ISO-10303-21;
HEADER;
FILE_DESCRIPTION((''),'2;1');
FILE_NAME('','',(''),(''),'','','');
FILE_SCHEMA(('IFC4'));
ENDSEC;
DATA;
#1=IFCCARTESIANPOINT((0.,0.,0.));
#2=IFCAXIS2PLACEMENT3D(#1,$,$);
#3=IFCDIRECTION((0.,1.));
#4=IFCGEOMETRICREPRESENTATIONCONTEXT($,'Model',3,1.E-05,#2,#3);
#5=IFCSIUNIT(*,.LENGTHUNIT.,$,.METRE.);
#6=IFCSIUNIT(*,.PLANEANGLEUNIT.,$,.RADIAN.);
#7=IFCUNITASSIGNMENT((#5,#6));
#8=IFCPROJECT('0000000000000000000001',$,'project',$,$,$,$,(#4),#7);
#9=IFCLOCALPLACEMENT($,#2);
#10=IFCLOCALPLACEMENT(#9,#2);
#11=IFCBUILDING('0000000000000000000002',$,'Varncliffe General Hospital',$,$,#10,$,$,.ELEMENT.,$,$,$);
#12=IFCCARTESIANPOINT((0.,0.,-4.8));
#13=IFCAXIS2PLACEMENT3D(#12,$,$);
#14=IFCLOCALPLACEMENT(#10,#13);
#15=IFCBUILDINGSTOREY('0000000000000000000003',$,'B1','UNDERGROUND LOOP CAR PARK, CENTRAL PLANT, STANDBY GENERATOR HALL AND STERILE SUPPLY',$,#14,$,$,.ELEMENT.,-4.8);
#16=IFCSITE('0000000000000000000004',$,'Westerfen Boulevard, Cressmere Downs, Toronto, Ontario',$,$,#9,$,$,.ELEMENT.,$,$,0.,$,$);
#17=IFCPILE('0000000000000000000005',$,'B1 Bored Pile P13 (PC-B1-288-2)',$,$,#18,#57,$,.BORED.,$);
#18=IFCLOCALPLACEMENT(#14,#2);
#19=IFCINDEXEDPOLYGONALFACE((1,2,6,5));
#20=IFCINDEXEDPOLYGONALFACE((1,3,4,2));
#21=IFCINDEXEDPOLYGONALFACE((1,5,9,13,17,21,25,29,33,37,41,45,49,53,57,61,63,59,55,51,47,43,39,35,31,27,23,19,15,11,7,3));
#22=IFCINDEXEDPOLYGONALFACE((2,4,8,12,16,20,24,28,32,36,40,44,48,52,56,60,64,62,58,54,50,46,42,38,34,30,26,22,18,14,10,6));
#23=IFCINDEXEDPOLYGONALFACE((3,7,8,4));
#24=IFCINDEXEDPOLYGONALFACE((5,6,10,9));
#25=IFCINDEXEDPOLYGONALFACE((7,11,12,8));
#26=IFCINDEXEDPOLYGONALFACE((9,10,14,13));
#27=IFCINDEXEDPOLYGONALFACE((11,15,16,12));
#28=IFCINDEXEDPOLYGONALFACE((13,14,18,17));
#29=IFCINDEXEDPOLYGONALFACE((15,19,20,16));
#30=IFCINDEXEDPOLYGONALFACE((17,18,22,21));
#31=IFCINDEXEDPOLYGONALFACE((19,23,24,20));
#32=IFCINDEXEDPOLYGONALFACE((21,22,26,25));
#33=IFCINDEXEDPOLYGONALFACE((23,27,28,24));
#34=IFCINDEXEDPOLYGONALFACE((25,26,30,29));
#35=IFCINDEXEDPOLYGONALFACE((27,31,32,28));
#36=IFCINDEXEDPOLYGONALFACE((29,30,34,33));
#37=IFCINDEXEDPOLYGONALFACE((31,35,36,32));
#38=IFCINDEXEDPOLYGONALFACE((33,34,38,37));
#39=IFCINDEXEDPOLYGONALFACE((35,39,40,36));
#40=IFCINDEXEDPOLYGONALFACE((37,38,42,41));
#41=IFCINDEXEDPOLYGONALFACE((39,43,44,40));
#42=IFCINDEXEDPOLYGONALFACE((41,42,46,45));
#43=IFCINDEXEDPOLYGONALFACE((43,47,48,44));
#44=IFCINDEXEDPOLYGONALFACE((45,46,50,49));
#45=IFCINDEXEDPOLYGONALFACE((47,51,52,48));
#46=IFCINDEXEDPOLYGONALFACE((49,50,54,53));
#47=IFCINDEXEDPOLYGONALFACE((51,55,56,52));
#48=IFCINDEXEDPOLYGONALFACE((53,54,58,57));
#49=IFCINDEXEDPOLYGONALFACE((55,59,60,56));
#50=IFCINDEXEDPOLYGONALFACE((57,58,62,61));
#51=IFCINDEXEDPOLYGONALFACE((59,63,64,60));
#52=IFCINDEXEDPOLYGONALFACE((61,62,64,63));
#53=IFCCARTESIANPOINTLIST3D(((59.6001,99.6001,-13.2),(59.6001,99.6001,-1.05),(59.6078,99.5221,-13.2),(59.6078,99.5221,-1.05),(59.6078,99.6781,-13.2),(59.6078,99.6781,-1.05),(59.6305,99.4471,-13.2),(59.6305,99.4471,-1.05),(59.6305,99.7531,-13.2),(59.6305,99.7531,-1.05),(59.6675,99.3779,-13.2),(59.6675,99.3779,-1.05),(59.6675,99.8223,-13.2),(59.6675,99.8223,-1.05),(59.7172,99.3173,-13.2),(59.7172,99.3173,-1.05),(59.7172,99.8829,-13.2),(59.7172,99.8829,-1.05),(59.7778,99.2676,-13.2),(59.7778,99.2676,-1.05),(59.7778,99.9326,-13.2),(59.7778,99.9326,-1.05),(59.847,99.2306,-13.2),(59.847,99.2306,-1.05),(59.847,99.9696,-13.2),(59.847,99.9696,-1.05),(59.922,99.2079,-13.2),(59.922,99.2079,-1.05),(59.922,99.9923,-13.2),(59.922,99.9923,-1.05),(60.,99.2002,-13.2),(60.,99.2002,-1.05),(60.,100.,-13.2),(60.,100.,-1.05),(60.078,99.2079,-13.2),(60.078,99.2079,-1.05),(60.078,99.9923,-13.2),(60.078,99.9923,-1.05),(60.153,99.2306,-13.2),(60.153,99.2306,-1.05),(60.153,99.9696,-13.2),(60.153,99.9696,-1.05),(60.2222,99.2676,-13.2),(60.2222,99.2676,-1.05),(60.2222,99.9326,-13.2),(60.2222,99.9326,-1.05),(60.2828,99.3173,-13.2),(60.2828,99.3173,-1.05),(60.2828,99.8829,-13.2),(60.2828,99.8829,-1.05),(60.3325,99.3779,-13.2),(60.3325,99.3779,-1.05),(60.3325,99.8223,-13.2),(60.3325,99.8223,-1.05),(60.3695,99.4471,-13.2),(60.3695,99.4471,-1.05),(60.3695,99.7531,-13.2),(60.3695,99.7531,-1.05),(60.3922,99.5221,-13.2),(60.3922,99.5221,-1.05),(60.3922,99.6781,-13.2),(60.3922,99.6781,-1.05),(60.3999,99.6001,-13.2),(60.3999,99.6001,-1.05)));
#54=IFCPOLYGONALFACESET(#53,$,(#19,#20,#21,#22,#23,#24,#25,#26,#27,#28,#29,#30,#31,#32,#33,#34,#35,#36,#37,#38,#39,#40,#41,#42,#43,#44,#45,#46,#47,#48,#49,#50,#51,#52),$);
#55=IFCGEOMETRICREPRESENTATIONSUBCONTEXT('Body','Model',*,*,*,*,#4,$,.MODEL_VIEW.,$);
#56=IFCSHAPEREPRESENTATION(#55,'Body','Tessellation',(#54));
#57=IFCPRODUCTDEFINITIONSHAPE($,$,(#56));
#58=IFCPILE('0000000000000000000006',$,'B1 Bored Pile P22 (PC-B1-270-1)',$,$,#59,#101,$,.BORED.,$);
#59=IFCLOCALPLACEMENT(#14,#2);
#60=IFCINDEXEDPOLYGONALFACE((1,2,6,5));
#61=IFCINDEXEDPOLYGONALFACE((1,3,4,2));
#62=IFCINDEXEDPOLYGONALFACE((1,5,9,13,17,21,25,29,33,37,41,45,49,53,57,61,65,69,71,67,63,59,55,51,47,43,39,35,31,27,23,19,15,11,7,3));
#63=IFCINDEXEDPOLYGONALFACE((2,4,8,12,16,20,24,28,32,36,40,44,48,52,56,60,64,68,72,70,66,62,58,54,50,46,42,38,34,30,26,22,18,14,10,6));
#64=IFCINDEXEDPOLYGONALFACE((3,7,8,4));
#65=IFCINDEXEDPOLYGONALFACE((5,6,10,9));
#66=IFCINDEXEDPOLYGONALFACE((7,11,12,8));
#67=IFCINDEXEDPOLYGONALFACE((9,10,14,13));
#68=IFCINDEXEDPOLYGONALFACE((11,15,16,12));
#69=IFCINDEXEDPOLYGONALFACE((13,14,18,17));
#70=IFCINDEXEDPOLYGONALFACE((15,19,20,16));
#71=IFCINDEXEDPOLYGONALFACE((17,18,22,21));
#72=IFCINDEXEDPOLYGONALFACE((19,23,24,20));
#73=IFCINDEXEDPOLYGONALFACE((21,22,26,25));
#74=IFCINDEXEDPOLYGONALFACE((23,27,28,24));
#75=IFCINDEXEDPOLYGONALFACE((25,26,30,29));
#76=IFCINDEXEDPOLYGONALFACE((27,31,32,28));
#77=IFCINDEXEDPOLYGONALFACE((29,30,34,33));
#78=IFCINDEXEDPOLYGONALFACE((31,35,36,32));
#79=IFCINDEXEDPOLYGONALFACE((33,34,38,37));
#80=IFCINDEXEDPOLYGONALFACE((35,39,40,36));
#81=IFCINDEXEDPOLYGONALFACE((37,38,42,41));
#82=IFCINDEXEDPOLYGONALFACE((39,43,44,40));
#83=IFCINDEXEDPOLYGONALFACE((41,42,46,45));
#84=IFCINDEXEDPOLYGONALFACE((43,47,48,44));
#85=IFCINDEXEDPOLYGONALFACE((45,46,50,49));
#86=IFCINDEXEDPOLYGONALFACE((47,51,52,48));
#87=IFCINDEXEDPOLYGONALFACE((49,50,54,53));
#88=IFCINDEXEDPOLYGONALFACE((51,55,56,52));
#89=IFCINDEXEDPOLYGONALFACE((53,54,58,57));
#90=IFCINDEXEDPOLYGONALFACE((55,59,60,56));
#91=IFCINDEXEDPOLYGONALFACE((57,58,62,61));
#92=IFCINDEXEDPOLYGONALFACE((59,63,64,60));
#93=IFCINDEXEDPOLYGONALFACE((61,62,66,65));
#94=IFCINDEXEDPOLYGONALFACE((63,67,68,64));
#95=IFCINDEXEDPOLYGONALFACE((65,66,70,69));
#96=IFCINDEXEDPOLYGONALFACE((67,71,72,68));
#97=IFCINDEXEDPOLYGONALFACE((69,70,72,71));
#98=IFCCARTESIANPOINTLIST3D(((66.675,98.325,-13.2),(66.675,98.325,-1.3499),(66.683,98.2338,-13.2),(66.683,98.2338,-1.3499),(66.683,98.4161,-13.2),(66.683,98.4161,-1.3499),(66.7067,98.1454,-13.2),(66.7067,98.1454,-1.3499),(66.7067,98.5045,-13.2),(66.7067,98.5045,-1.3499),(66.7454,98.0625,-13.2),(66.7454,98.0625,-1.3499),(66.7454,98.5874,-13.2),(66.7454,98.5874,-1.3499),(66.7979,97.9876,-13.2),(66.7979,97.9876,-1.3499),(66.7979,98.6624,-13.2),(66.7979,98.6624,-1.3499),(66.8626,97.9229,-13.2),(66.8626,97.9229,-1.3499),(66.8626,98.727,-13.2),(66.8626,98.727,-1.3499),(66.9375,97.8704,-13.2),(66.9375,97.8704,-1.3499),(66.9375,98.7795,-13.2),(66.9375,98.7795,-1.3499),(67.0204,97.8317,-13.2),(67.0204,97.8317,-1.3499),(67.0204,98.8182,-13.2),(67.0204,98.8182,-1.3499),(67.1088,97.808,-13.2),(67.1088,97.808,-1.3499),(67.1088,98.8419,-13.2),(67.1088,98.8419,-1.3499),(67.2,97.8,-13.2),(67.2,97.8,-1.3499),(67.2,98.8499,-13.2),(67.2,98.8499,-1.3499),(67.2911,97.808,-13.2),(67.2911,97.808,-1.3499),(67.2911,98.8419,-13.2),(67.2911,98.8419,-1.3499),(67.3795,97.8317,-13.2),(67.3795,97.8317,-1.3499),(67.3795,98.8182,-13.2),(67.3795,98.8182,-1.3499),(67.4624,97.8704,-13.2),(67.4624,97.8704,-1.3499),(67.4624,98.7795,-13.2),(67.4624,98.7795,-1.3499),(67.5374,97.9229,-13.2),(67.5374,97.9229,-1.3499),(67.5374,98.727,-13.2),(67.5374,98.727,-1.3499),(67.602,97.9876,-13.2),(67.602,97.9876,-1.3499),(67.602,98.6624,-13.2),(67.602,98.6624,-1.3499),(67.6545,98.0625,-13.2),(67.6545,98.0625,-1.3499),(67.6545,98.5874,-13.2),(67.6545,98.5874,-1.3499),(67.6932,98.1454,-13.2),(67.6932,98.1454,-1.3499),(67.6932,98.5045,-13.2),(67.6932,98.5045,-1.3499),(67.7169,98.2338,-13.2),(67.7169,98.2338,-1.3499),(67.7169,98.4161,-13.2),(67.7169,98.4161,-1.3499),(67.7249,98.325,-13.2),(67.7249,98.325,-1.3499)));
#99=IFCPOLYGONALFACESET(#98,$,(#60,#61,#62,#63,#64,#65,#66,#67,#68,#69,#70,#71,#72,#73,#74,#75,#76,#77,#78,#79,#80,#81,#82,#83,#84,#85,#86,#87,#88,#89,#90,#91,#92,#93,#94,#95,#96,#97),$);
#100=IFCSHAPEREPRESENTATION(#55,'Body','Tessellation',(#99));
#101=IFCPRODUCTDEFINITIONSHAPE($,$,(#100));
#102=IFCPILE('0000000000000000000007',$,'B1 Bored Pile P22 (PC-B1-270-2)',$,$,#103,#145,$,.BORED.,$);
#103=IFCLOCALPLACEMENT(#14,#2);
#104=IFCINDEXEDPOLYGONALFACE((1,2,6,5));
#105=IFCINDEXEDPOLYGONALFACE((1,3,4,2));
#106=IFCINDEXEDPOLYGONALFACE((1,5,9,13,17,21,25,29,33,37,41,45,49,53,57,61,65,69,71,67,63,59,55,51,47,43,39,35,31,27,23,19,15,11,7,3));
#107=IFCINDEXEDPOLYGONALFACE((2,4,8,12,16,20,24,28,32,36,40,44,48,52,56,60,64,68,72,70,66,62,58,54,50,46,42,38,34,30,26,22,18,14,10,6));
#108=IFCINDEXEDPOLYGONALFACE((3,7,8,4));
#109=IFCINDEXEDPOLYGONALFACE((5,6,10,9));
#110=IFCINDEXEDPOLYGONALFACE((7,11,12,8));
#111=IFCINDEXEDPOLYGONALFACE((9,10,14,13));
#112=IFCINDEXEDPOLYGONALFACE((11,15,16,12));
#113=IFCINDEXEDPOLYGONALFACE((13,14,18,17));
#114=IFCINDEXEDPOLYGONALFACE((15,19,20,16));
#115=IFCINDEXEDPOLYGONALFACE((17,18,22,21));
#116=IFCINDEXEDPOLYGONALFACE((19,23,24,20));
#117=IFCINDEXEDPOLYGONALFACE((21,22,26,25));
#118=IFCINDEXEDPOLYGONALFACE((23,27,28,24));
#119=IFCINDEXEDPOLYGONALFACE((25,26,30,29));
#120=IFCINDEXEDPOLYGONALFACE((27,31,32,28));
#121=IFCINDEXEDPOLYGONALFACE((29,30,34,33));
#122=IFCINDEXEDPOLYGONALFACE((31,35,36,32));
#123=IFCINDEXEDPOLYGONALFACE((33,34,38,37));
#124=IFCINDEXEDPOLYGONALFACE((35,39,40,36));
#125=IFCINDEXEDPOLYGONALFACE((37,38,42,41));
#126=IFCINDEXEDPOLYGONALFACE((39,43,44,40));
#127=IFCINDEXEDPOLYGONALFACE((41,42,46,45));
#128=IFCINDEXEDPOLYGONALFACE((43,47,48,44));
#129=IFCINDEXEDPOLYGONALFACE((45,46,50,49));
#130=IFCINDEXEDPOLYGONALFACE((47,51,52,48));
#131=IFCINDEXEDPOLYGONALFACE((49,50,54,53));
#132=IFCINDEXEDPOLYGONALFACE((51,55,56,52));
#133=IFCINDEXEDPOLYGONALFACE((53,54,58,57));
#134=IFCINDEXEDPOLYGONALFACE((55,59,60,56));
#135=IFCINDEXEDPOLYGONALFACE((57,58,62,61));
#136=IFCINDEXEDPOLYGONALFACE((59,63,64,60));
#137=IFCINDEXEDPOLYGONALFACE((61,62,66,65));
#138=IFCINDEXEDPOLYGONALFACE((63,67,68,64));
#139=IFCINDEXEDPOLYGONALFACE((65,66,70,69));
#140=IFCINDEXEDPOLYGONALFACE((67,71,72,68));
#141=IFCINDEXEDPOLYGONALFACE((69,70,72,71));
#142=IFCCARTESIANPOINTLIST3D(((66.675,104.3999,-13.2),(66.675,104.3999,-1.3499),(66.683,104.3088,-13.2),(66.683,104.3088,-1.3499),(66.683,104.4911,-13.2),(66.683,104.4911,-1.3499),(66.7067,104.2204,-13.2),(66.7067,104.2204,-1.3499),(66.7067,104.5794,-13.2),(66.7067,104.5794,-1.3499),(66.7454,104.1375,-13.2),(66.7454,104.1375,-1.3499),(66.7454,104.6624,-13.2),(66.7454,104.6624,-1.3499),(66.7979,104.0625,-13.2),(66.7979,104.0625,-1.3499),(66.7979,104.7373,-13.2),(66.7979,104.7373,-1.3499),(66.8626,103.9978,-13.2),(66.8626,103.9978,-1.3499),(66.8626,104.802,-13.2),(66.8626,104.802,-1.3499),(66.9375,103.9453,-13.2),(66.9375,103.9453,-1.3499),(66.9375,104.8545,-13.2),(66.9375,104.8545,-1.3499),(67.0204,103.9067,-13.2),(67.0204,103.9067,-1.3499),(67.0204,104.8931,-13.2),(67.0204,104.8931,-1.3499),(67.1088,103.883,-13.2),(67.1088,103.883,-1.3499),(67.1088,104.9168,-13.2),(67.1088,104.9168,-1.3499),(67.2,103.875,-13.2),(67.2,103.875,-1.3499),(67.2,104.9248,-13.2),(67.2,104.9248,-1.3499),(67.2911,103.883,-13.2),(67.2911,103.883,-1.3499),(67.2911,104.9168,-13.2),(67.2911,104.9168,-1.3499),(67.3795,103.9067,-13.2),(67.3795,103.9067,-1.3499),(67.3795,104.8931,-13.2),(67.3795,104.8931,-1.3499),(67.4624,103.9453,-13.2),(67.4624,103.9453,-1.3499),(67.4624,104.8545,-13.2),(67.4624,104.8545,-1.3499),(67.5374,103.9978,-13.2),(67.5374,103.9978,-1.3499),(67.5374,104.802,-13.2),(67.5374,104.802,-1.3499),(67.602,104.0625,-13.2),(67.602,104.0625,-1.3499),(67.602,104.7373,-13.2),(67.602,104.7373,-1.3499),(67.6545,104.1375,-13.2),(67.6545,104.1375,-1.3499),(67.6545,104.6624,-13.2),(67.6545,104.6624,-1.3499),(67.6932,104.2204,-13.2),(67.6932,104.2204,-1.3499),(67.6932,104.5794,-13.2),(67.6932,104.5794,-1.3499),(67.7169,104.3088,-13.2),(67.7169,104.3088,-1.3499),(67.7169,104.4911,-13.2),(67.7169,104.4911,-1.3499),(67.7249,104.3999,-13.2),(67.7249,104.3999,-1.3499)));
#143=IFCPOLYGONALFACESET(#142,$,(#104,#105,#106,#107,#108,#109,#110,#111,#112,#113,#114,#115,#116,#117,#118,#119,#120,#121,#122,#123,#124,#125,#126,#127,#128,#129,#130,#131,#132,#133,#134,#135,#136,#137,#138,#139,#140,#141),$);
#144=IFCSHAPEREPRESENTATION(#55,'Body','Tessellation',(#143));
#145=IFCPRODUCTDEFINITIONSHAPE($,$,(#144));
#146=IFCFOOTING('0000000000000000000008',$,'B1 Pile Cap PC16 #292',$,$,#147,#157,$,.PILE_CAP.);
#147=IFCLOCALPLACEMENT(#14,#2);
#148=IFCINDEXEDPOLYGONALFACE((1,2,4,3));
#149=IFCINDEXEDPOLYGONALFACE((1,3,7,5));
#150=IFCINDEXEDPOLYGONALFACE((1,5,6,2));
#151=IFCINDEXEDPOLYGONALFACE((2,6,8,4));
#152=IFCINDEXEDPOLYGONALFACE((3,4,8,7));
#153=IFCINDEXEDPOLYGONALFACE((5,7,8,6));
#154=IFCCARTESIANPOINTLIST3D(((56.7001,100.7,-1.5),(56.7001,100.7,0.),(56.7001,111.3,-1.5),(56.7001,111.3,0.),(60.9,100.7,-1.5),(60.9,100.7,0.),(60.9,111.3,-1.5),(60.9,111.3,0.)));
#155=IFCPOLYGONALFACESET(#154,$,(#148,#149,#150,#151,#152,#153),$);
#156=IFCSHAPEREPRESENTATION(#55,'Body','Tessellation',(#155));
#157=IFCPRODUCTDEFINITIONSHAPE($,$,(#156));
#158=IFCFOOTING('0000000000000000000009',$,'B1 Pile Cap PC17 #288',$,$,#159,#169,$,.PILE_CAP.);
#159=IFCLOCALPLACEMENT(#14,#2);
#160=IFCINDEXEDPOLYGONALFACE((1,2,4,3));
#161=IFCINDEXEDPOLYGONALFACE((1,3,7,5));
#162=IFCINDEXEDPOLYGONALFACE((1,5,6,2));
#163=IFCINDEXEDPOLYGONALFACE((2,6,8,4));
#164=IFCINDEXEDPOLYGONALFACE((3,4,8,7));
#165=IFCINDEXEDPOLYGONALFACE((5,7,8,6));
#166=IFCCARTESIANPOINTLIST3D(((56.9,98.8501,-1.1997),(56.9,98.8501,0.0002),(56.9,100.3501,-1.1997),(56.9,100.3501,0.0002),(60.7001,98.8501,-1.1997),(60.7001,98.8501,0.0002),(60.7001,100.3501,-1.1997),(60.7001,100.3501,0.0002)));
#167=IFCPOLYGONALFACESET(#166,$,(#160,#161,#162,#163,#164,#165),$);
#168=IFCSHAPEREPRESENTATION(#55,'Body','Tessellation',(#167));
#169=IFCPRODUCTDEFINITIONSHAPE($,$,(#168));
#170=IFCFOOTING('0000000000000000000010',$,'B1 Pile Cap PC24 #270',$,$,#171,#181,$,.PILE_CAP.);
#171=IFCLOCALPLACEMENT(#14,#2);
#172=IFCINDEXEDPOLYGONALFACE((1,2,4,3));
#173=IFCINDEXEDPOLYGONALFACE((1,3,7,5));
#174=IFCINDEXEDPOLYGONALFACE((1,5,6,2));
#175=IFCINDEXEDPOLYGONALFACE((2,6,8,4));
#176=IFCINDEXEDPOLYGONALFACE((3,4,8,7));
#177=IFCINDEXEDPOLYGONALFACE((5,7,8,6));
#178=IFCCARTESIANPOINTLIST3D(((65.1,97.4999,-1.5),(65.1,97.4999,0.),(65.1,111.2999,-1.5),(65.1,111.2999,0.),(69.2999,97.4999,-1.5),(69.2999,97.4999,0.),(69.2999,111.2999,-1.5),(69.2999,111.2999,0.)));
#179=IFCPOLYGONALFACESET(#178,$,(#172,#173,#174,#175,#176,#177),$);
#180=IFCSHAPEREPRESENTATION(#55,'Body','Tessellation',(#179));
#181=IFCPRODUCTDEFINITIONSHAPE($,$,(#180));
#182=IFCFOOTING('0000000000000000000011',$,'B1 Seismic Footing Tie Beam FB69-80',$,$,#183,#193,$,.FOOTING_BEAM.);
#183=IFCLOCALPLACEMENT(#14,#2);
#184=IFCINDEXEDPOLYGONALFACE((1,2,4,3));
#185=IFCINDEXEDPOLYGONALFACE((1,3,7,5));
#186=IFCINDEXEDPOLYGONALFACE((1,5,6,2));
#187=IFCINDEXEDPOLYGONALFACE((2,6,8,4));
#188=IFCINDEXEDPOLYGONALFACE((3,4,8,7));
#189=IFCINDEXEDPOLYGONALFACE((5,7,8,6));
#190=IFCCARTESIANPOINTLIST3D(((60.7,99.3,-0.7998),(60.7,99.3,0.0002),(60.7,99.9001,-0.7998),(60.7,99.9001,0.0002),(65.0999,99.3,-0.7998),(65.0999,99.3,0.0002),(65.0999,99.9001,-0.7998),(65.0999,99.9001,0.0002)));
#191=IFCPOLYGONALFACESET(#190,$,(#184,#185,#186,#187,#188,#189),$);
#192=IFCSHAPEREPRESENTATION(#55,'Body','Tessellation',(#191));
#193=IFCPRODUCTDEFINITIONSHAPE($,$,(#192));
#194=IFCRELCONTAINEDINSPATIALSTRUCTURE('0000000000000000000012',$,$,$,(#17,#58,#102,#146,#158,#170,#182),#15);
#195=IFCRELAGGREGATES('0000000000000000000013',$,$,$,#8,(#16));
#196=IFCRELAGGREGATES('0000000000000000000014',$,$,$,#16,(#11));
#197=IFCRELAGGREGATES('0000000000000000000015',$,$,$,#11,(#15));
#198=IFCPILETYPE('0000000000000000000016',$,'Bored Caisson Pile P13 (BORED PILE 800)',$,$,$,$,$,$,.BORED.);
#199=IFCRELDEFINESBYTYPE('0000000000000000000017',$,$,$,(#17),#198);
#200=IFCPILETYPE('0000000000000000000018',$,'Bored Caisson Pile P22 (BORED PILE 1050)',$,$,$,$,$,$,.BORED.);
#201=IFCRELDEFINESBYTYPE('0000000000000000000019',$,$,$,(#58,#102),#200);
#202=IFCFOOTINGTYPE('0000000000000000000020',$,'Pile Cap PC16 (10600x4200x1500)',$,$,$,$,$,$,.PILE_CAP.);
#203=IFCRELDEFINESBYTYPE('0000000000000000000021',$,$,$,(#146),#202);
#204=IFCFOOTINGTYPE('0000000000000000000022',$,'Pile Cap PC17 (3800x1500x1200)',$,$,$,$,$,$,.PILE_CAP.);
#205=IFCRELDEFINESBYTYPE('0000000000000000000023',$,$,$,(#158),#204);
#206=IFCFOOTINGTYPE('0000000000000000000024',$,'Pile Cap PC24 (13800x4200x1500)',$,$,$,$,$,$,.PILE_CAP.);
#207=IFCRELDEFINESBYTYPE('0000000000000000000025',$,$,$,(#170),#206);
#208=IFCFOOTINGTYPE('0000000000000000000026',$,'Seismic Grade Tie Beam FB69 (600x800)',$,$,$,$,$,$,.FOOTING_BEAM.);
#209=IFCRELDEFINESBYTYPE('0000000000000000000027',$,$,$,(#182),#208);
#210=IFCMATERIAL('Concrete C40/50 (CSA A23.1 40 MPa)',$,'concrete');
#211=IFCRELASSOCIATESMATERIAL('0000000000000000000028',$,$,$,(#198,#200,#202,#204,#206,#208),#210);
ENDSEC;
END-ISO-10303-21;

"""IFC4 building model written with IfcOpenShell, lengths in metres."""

from ifc_helpers import new_model, si_unit, direction, frame, origin, origin_2d, place, context, subcontext, project, spatial, rectangle, circle, extrude, material, material_profile, profile_set, type_object, element, save


model = new_model("IFC4")

# Units and contexts
model_context = context("Model", 3, precision=1e-05, world=origin(), true_north=direction((0.0, 1.0)))
body_context = subcontext(model_context, "Body", "Model", "MODEL_VIEW")
ifc_project = project(units=[si_unit("LENGTHUNIT", "METRE"), si_unit("PLANEANGLEUNIT", "RADIAN")], contexts=[model_context])

# Site, building, storey
site_placement = place(None, origin())
site = spatial("IfcSite", under=ifc_project, at=site_placement, Name="Westerfen Boulevard, Cressmere Downs, Toronto, Ontario", CompositionType="ELEMENT", RefElevation=0.0)
building_placement = place(site_placement, origin())
building = spatial("IfcBuilding", under=site, at=building_placement, Name="Varncliffe General Hospital", CompositionType="ELEMENT")
storey_placement = place(building_placement, frame((0.0, 0.0, -4.8)))
storey = spatial("IfcBuildingStorey", under=building, at=storey_placement, Name="B1", Description="UNDERGROUND LOOP CAR PARK, CENTRAL PLANT, STANDBY GENERATOR HALL AND STERILE SUPPLY", CompositionType="ELEMENT", Elevation=-4.8)

# Piles
ifc_material_1 = material(Name="Concrete C40/50 (CSA A23.1 40 MPa)", Category="concrete")
ifc_material_profile_1 = material_profile(ifc_material_1, circle(Radius=0.3999, at=origin_2d()), Name="BORED PILE 800")
ifc_profile_set_1 = profile_set([ifc_material_profile_1], Name="Concrete C40/50 (CSA A23.1 40 MPa)")
pile_type_1 = type_object("IfcPileType", Name="Bored Caisson Pile P13 (BORED PILE 800)", PredefinedType="BORED", material=ifc_profile_set_1)
pile_placement = place(storey_placement, frame((60.0, 99.6001, -1.05), z_axis=(0.0, 0.0, -1.0), x_axis=(1.0, 0.0, 0.0)))
element("IfcPile", 1, at=pile_placement, inside=storey, type_object=pile_type_1, Name="B1 Bored Pile P13 (PC-B1-288-2)", PredefinedType="BORED", context=body_context, shape_type="SweptSolid", body=[
    extrude(circle(Radius=0.3999, at=origin_2d()), origin(), (0.0, 0.0, 1.0), 12.1499),
])
ifc_material_profile_2 = material_profile(ifc_material_1, circle(Radius=0.5249, at=origin_2d()), Name="BORED PILE 1050")
ifc_profile_set_2 = profile_set([ifc_material_profile_2], Name="Concrete C40/50 (CSA A23.1 40 MPa)")
pile_type_2 = type_object("IfcPileType", Name="Bored Caisson Pile P22 (BORED PILE 1050)", PredefinedType="BORED", material=ifc_profile_set_2)
for number, where, z_axis, x_axis, name in (
    (2, (67.2, 98.325, -1.3499), (0.0, 0.0, -1.0), (1.0, 0.0, 0.0), "B1 Bored Pile P22 (PC-B1-270-1)"),
    (3, (67.2, 104.3999, -1.3499), (0.0, 0.0, -1.0), (1.0, 0.0, 0.0), "B1 Bored Pile P22 (PC-B1-270-2)"),
):
    element("IfcPile", number, at=place(storey_placement, frame(where, z_axis=z_axis, x_axis=x_axis)), inside=storey, type_object=pile_type_2, Name=name, PredefinedType="BORED", context=body_context, shape_type="SweptSolid", body=[
        extrude(circle(Radius=0.5249, at=origin_2d()), origin(), (0.0, 0.0, 1.0), 11.8501),
    ])

# Footings
footing_type_1 = type_object("IfcFootingType", Name="Pile Cap PC16 (10600x4200x1500)", PredefinedType="PILE_CAP", material=ifc_material_1)
footing_1_placement = place(storey_placement, frame((58.8, 106.0, -1.5), z_axis=(0.0, 0.0, 1.0), x_axis=(1.0, 0.0, 0.0)))
element("IfcFooting", 4, at=footing_1_placement, inside=storey, type_object=footing_type_1, Name="B1 Pile Cap PC16 #292", PredefinedType="PILE_CAP", context=body_context, shape_type="SweptSolid", body=[
    extrude(rectangle(XDim=4.2, YDim=10.6001, at=origin_2d()), origin(), (0.0, 0.0, 1.0), 1.5),
])
footing_type_2 = type_object("IfcFootingType", Name="Pile Cap PC17 (3800x1500x1200)", PredefinedType="PILE_CAP", material=ifc_material_1)
footing_2_placement = place(storey_placement, frame((58.8, 99.6001, -1.1997), z_axis=(0.0, 0.0, 1.0), x_axis=(1.0, 0.0, 0.0)))
element("IfcFooting", 5, at=footing_2_placement, inside=storey, type_object=footing_type_2, Name="B1 Pile Cap PC17 #288", PredefinedType="PILE_CAP", context=body_context, shape_type="SweptSolid", body=[
    extrude(rectangle(XDim=3.8, YDim=1.5, at=origin_2d()), origin(), (0.0, 0.0, 1.0), 1.2),
])
footing_type_3 = type_object("IfcFootingType", Name="Pile Cap PC24 (13800x4200x1500)", PredefinedType="PILE_CAP", material=ifc_material_1)
footing_3_placement = place(storey_placement, frame((67.2, 104.3999, -1.5), z_axis=(0.0, 0.0, 1.0), x_axis=(1.0, 0.0, 0.0)))
element("IfcFooting", 6, at=footing_3_placement, inside=storey, type_object=footing_type_3, Name="B1 Pile Cap PC24 #270", PredefinedType="PILE_CAP", context=body_context, shape_type="SweptSolid", body=[
    extrude(rectangle(XDim=4.2, YDim=13.8, at=origin_2d()), origin(), (0.0, 0.0, 1.0), 1.5),
])
footing_type_4 = type_object("IfcFootingType", Name="Seismic Grade Tie Beam FB69 (600x800)", PredefinedType="FOOTING_BEAM", material=ifc_material_1)
footing_4_placement = place(storey_placement, frame((62.8999, 99.6001, -0.7998), z_axis=(0.0, 0.0, 1.0), x_axis=(1.0, 0.0, 0.0)))
element("IfcFooting", 7, at=footing_4_placement, inside=storey, type_object=footing_type_4, Name="B1 Seismic Footing Tie Beam FB69-80", PredefinedType="FOOTING_BEAM", context=body_context, shape_type="SweptSolid", body=[
    extrude(rectangle(XDim=4.3999, YDim=0.6001, at=origin_2d()), origin(), (0.0, 0.0, 1.0), 0.8),
])

save(model, "model.ifc")
